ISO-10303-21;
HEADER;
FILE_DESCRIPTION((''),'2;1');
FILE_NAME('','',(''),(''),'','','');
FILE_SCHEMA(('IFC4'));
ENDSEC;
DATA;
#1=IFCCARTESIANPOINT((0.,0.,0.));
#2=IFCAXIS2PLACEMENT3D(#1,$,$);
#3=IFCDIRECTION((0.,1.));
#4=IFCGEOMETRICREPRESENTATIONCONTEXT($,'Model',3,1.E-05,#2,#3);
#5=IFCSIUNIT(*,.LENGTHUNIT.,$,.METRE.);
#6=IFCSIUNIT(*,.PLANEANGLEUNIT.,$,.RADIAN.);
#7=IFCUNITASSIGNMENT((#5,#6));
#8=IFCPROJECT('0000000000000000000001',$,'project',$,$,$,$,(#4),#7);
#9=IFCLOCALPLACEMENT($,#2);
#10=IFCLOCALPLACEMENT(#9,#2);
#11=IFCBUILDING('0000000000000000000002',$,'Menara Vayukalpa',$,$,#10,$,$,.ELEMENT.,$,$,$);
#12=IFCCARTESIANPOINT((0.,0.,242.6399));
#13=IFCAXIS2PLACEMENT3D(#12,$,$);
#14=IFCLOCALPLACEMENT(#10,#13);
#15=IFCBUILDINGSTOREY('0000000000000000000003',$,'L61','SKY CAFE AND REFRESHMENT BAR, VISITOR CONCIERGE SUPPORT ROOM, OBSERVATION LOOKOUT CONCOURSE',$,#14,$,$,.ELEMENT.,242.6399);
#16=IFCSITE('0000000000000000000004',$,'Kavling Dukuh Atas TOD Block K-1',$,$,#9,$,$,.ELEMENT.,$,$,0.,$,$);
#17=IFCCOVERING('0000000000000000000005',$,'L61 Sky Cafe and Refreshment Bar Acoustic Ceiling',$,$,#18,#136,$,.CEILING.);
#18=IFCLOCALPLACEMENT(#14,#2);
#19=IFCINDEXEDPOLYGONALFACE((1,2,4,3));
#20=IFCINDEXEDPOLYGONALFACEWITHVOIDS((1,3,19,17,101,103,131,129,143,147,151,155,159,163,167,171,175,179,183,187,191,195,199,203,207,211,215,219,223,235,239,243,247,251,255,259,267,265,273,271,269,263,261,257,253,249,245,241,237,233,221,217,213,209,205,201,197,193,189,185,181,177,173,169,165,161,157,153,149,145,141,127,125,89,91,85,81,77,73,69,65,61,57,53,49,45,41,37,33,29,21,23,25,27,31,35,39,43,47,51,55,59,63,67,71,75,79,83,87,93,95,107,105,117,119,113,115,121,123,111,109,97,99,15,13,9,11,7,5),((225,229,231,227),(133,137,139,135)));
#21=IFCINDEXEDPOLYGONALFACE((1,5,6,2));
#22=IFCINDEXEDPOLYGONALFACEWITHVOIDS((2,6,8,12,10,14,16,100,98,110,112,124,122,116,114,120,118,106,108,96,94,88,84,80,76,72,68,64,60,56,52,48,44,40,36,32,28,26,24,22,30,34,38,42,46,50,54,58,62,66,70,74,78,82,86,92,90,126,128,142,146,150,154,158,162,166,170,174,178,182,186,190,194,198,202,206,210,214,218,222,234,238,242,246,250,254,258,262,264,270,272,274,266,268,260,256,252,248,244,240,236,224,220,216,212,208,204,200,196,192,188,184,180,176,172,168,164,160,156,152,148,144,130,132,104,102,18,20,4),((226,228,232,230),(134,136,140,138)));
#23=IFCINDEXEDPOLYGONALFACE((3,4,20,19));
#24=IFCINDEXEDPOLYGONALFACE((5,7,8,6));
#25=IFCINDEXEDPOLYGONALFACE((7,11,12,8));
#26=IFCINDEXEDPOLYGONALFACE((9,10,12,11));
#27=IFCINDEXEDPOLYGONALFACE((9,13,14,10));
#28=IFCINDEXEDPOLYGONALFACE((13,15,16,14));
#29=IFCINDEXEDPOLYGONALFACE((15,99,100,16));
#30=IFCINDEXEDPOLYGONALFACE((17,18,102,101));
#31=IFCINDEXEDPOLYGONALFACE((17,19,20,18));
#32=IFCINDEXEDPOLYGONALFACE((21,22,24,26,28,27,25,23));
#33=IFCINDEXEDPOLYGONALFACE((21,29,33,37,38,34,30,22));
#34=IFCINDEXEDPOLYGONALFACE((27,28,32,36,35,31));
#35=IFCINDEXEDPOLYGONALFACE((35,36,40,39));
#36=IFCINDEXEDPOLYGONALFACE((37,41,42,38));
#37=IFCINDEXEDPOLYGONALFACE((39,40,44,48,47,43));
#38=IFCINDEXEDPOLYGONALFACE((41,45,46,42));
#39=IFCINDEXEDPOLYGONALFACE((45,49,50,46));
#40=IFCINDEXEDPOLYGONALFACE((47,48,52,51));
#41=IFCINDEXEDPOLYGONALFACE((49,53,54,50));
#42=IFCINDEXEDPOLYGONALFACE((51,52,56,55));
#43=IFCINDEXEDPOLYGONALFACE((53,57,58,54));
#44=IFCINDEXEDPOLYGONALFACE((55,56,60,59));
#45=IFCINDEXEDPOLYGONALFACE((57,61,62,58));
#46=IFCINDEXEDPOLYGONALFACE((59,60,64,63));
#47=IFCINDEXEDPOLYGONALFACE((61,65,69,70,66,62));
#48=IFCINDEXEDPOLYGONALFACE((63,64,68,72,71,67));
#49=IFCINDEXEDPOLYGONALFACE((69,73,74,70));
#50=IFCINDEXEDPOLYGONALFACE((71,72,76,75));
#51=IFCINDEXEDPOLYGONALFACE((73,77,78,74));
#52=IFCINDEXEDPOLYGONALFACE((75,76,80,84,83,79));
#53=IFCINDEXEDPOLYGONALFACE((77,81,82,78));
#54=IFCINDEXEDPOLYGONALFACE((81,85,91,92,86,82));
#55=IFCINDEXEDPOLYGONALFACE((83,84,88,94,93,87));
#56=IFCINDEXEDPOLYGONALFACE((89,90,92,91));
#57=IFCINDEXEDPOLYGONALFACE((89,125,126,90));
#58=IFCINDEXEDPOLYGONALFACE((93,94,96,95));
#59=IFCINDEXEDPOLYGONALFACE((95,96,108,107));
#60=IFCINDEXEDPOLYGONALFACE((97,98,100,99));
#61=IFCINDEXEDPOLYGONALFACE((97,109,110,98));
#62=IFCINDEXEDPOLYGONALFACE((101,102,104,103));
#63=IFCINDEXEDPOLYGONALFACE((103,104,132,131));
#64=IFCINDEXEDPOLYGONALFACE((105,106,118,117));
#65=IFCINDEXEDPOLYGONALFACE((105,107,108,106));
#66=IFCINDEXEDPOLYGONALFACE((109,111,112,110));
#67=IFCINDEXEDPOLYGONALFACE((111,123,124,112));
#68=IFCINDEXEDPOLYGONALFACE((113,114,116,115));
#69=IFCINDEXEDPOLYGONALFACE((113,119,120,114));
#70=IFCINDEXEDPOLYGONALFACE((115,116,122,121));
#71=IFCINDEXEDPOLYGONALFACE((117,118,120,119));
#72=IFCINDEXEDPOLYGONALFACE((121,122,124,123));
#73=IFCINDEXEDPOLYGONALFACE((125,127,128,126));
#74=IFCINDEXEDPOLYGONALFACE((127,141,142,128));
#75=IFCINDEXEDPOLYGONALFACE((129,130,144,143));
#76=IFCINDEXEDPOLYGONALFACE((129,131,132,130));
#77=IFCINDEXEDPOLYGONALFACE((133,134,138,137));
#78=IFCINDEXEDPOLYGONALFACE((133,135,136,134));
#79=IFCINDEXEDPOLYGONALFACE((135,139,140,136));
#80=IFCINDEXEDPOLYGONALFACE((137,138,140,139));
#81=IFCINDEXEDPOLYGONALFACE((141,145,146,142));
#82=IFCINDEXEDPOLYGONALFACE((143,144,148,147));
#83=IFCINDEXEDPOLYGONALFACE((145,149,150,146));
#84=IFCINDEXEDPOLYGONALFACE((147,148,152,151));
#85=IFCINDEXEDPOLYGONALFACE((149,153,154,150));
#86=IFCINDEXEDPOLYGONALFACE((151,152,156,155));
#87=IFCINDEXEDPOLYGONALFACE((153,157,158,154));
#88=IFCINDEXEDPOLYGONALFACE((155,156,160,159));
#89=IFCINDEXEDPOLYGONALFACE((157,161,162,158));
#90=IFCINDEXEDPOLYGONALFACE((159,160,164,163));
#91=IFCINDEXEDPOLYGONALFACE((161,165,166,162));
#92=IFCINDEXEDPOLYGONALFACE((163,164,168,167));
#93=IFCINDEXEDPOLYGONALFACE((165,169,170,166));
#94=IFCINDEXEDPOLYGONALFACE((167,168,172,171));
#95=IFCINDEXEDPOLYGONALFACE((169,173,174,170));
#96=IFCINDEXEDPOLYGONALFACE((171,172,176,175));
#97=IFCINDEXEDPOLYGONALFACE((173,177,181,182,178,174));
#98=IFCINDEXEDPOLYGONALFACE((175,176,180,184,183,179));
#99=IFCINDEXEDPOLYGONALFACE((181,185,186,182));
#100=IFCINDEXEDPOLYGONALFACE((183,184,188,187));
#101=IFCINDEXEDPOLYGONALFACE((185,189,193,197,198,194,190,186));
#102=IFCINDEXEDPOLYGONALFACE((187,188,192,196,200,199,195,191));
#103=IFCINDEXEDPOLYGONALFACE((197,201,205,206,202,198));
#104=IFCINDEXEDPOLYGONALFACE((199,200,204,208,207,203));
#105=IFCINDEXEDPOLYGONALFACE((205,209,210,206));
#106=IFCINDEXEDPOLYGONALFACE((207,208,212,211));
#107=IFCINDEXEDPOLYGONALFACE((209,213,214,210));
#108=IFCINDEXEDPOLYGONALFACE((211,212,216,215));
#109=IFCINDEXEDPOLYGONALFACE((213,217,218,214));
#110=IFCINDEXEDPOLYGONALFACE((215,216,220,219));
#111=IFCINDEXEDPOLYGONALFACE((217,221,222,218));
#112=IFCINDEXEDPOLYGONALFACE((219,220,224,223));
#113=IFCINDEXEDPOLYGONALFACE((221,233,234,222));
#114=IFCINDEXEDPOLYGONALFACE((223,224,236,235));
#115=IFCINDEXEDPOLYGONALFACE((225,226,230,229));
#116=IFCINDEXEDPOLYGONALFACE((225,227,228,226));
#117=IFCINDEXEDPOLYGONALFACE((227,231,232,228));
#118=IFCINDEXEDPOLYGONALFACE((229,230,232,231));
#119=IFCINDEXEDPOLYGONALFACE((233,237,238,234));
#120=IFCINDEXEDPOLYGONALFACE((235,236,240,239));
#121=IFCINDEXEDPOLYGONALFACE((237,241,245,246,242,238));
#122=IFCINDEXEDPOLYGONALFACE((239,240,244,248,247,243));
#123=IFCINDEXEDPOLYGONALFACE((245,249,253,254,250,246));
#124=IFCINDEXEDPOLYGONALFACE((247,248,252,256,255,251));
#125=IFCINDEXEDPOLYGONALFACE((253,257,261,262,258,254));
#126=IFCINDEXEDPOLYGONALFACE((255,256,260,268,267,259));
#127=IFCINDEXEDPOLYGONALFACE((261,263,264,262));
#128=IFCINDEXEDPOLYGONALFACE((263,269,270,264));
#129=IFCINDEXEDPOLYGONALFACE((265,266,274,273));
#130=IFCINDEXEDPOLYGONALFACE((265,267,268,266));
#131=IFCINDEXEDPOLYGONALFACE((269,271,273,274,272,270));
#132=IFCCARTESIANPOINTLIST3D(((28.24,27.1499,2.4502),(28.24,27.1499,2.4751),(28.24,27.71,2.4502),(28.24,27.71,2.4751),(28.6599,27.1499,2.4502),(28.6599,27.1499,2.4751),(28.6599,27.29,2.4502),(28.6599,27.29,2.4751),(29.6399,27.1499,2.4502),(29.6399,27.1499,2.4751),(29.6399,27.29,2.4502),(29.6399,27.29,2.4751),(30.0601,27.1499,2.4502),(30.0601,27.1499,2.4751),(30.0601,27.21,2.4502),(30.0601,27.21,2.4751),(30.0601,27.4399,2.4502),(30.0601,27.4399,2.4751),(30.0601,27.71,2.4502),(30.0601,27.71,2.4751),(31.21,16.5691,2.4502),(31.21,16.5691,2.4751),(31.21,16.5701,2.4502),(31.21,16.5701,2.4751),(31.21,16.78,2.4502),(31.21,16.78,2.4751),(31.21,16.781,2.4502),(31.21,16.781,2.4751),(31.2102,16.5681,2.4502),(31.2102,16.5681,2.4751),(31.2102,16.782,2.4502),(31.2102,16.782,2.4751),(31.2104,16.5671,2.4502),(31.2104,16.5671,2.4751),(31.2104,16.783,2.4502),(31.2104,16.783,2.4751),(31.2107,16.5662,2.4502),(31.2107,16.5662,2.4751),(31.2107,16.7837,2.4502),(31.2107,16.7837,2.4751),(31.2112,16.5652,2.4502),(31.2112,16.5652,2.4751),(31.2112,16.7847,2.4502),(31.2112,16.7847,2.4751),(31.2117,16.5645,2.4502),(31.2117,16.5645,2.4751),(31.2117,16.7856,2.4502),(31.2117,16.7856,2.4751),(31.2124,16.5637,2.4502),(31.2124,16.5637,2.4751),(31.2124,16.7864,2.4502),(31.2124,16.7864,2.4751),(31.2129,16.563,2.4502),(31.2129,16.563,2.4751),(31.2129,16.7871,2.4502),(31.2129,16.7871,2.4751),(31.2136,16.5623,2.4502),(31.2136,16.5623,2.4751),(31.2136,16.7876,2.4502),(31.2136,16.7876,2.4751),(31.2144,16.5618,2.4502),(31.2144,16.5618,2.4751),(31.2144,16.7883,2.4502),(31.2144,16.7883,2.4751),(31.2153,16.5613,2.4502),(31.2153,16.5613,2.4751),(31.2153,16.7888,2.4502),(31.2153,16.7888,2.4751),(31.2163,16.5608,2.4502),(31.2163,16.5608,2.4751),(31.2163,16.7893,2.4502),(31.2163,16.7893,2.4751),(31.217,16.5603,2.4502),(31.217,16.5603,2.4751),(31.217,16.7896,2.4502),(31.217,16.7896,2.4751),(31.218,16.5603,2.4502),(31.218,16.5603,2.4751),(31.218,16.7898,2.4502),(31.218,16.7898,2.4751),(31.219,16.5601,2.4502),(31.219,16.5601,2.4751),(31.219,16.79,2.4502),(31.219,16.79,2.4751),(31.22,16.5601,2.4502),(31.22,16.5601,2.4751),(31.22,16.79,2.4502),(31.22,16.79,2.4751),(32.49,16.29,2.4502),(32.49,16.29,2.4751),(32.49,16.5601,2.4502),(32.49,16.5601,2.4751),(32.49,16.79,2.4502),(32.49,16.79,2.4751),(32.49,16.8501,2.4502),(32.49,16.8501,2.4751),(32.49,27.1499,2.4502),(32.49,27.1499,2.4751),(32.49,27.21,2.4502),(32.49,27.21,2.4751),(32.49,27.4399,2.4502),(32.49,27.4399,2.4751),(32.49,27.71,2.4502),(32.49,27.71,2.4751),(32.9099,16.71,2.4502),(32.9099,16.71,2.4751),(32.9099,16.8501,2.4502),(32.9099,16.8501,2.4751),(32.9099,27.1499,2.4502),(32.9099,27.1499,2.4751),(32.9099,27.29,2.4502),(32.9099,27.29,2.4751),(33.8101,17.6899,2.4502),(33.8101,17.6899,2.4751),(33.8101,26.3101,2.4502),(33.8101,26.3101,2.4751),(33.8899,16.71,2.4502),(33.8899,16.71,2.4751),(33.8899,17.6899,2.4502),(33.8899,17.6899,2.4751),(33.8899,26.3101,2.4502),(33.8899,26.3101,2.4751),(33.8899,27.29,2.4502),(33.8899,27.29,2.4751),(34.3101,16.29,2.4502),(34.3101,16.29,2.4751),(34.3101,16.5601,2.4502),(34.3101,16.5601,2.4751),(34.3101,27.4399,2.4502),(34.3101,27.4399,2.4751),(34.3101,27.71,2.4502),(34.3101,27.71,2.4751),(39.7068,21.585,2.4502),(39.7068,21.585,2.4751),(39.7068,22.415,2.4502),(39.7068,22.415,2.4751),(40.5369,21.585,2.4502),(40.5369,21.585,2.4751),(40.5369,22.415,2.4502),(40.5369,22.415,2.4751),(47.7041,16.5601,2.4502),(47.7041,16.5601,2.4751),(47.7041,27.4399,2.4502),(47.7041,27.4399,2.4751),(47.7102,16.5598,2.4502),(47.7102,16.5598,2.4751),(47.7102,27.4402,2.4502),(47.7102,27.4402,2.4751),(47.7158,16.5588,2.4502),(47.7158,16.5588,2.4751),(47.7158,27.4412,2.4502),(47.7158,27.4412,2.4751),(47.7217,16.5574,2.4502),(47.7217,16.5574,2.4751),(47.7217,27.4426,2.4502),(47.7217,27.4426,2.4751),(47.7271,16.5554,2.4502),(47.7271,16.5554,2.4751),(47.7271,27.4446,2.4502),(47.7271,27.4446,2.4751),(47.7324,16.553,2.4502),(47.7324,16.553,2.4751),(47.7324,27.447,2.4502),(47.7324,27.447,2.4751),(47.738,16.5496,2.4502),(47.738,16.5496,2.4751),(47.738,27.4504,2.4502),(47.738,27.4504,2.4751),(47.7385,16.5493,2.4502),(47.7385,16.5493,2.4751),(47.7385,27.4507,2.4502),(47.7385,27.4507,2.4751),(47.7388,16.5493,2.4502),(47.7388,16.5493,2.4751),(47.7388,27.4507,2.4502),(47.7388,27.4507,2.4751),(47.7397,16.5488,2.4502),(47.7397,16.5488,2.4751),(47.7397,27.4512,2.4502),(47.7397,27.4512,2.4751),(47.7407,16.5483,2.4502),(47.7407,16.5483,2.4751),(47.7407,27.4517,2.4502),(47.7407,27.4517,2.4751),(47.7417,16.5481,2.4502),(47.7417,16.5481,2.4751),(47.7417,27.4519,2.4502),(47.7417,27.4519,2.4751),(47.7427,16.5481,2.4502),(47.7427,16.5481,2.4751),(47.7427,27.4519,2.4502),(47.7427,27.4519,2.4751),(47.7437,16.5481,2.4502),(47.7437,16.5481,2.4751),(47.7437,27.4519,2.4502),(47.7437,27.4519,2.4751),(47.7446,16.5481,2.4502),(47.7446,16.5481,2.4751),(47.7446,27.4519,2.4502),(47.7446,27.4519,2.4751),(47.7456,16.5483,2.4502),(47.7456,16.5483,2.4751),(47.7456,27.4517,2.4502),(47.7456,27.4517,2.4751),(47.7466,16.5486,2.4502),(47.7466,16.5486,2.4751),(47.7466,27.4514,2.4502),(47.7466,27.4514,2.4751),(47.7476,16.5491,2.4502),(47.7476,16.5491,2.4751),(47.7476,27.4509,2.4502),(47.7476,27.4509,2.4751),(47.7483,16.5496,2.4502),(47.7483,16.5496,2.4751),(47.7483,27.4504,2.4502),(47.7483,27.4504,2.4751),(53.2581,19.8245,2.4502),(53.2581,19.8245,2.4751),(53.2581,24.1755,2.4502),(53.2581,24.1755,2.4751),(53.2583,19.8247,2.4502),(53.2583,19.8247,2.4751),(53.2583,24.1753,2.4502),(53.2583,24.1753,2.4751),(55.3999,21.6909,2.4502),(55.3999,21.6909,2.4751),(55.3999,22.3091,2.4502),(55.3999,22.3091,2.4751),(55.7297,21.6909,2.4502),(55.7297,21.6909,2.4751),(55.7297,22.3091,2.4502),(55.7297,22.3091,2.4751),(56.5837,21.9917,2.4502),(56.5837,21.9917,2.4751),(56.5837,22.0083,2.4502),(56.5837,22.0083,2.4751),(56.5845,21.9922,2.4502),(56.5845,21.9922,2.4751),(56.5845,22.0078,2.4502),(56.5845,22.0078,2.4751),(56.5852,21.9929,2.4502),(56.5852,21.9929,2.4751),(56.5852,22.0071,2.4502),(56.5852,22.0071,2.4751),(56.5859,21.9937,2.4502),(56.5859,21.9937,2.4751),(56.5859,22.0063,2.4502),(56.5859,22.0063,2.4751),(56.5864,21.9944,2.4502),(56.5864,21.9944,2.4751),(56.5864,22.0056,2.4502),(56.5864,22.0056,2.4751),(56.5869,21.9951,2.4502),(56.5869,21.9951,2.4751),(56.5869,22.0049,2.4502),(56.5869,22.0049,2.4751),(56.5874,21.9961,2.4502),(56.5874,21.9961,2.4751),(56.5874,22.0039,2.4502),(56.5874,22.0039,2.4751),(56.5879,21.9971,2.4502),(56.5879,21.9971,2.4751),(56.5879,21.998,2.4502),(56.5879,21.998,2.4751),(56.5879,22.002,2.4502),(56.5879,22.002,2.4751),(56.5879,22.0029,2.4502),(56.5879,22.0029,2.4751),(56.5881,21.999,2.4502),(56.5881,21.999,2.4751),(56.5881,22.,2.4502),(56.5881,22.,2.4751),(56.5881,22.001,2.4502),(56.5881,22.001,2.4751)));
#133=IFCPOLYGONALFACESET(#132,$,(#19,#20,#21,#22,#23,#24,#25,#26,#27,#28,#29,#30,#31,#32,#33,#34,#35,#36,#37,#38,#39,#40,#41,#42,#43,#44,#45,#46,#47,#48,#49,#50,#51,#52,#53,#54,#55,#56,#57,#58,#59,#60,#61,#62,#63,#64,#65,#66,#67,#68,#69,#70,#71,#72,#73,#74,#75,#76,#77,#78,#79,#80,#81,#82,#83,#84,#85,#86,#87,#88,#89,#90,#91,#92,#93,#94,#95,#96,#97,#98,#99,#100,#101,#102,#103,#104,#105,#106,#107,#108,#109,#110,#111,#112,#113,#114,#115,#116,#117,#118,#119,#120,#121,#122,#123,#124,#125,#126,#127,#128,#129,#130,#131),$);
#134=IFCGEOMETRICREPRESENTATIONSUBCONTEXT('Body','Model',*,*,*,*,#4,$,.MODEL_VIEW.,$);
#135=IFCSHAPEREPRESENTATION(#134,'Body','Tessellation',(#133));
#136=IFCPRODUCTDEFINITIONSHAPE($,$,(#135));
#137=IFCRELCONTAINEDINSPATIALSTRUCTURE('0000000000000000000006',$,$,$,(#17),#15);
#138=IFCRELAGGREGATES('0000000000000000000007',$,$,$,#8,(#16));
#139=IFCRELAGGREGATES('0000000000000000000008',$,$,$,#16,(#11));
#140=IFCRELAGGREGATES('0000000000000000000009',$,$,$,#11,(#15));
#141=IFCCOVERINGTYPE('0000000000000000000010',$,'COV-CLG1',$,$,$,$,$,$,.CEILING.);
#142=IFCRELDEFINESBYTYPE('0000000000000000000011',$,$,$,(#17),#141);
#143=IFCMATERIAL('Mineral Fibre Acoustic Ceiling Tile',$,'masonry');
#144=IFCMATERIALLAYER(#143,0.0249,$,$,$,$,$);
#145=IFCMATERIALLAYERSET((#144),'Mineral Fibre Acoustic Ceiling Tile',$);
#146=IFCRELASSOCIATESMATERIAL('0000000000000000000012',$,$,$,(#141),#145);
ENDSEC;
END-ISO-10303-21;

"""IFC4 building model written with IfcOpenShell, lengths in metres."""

from ifc_helpers import new_model, si_unit, direction, frame, origin, place, context, subcontext, project, spatial, polyline, outline, extrude, material, layer, layer_set, type_object, element, save


model = new_model("IFC4")

# Units and contexts
model_context = context("Model", 3, precision=1e-05, world=origin(), true_north=direction((0.0, 1.0)))
body_context = subcontext(model_context, "Body", "Model", "MODEL_VIEW")
ifc_project = project(units=[si_unit("LENGTHUNIT", "METRE"), si_unit("PLANEANGLEUNIT", "RADIAN")], contexts=[model_context])

# Site, building, storey
site_placement = place(None, origin())
site = spatial("IfcSite", under=ifc_project, at=site_placement, Name="Kavling Dukuh Atas TOD Block K-1", CompositionType="ELEMENT", RefElevation=0.0)
building_placement = place(site_placement, origin())
building = spatial("IfcBuilding", under=site, at=building_placement, Name="Menara Vayukalpa", CompositionType="ELEMENT")
storey_placement = place(building_placement, frame((0.0, 0.0, 242.6399)))
storey = spatial("IfcBuildingStorey", under=building, at=storey_placement, Name="L61", Description="SKY CAFE AND REFRESHMENT BAR, VISITOR CONCIERGE SUPPORT ROOM, OBSERVATION LOOKOUT CONCOURSE", CompositionType="ELEMENT", Elevation=242.6399)

# Covering
ifc_material_1 = material(Name="Mineral Fibre Acoustic Ceiling Tile", Category="masonry")
ifc_layer_1 = layer(ifc_material_1, 0.0249)
ifc_layer_set_1 = layer_set([ifc_layer_1], Name="Mineral Fibre Acoustic Ceiling Tile")
covering_type_1 = type_object("IfcCoveringType", Name="COV-CLG1", PredefinedType="CEILING", material=ifc_layer_set_1)
covering_1_placement = place(storey_placement, frame((0.0, 0.0, 2.4502)))
element("IfcCovering", 1, at=covering_1_placement, inside=storey, type_object=covering_type_1, Name="L61 Sky Cafe and Refreshment Bar Acoustic Ceiling", PredefinedType="CEILING", context=body_context, shape_type="SweptSolid", body=[
    extrude(outline(polyline([(31.219, 16.5601), (31.218, 16.5603), (31.217, 16.5603), (31.2163, 16.5608), (31.2153, 16.5613), (31.2144, 16.5618), (31.2136, 16.5623), (31.2129, 16.563), (31.2124, 16.5637), (31.2117, 16.5645), (31.2112, 16.5652), (31.2107, 16.5662), (31.2104, 16.5671), (31.2102, 16.5681), (31.21, 16.5691), (31.21, 16.5701), (31.21, 16.78), (31.21, 16.781), (31.2102, 16.782), (31.2104, 16.783), (31.2107, 16.7837), (31.2112, 16.7847), (31.2117, 16.7856), (31.2124, 16.7864), (31.2129, 16.7871), (31.2136, 16.7876), (31.2144, 16.7883), (31.2153, 16.7888), (31.2163, 16.7893), (31.217, 16.7896), (31.218, 16.7898), (31.219, 16.79), (31.22, 16.79), (32.49, 16.79), (32.49, 16.8501), (32.9099, 16.8501), (32.9099, 16.71), (33.8899, 16.71), (33.8899, 17.6899), (33.8101, 17.6899), (33.8101, 26.3101), (33.8899, 26.3101), (33.8899, 27.29), (32.9099, 27.29), (32.9099, 27.1499), (32.49, 27.1499), (32.49, 27.21), (30.0601, 27.21), (30.0601, 27.1499), (29.6399, 27.1499), (29.6399, 27.29), (28.6599, 27.29), (28.6599, 27.1499), (28.24, 27.1499), (28.24, 27.71), (30.0601, 27.71), (30.0601, 27.4399), (32.49, 27.4399), (32.49, 27.71), (34.3101, 27.71), (34.3101, 27.4399), (47.7041, 27.4399), (47.7102, 27.4402), (47.7158, 27.4412), (47.7217, 27.4426), (47.7271, 27.4446), (47.7324, 27.447), (47.738, 27.4504), (47.7385, 27.4507), (47.7388, 27.4507), (47.7397, 27.4512), (47.7407, 27.4517), (47.7417, 27.4519), (47.7427, 27.4519), (47.7437, 27.4519), (47.7446, 27.4519), (47.7456, 27.4517), (47.7466, 27.4514), (47.7476, 27.4509), (47.7483, 27.4504), (53.2581, 24.1755), (53.2583, 24.1753), (56.5837, 22.0083), (56.5845, 22.0078), (56.5852, 22.0071), (56.5859, 22.0063), (56.5864, 22.0056), (56.5869, 22.0049), (56.5874, 22.0039), (56.5879, 22.0029), (56.5879, 22.002), (56.5881, 22.001), (56.5881, 22.0), (56.5881, 21.999), (56.5879, 21.998), (56.5879, 21.9971), (56.5874, 21.9961), (56.5869, 21.9951), (56.5864, 21.9944), (56.5859, 21.9937), (56.5852, 21.9929), (56.5845, 21.9922), (56.5837, 21.9917), (53.2583, 19.8247), (53.2581, 19.8245), (47.7483, 16.5496), (47.7476, 16.5491), (47.7466, 16.5486), (47.7456, 16.5483), (47.7446, 16.5481), (47.7437, 16.5481), (47.7427, 16.5481), (47.7417, 16.5481), (47.7407, 16.5483), (47.7397, 16.5488), (47.7388, 16.5493), (47.7385, 16.5493), (47.738, 16.5496), (47.7324, 16.553), (47.7271, 16.5554), (47.7217, 16.5574), (47.7158, 16.5588), (47.7102, 16.5598), (47.7041, 16.5601), (34.3101, 16.5601), (34.3101, 16.29), (32.49, 16.29), (32.49, 16.5601), (31.22, 16.5601), (31.219, 16.5601)]), holes=[polyline([(40.5369, 22.415), (39.7068, 22.415), (39.7068, 21.585), (40.5369, 21.585), (40.5369, 22.415)]), polyline([(55.7297, 22.3091), (55.3999, 22.3091), (55.3999, 21.6909), (55.7297, 21.6909), (55.7297, 22.3091)])]), origin(), (0.0, 0.0, 1.0), 0.0249),
])

save(model, "model.ifc")
